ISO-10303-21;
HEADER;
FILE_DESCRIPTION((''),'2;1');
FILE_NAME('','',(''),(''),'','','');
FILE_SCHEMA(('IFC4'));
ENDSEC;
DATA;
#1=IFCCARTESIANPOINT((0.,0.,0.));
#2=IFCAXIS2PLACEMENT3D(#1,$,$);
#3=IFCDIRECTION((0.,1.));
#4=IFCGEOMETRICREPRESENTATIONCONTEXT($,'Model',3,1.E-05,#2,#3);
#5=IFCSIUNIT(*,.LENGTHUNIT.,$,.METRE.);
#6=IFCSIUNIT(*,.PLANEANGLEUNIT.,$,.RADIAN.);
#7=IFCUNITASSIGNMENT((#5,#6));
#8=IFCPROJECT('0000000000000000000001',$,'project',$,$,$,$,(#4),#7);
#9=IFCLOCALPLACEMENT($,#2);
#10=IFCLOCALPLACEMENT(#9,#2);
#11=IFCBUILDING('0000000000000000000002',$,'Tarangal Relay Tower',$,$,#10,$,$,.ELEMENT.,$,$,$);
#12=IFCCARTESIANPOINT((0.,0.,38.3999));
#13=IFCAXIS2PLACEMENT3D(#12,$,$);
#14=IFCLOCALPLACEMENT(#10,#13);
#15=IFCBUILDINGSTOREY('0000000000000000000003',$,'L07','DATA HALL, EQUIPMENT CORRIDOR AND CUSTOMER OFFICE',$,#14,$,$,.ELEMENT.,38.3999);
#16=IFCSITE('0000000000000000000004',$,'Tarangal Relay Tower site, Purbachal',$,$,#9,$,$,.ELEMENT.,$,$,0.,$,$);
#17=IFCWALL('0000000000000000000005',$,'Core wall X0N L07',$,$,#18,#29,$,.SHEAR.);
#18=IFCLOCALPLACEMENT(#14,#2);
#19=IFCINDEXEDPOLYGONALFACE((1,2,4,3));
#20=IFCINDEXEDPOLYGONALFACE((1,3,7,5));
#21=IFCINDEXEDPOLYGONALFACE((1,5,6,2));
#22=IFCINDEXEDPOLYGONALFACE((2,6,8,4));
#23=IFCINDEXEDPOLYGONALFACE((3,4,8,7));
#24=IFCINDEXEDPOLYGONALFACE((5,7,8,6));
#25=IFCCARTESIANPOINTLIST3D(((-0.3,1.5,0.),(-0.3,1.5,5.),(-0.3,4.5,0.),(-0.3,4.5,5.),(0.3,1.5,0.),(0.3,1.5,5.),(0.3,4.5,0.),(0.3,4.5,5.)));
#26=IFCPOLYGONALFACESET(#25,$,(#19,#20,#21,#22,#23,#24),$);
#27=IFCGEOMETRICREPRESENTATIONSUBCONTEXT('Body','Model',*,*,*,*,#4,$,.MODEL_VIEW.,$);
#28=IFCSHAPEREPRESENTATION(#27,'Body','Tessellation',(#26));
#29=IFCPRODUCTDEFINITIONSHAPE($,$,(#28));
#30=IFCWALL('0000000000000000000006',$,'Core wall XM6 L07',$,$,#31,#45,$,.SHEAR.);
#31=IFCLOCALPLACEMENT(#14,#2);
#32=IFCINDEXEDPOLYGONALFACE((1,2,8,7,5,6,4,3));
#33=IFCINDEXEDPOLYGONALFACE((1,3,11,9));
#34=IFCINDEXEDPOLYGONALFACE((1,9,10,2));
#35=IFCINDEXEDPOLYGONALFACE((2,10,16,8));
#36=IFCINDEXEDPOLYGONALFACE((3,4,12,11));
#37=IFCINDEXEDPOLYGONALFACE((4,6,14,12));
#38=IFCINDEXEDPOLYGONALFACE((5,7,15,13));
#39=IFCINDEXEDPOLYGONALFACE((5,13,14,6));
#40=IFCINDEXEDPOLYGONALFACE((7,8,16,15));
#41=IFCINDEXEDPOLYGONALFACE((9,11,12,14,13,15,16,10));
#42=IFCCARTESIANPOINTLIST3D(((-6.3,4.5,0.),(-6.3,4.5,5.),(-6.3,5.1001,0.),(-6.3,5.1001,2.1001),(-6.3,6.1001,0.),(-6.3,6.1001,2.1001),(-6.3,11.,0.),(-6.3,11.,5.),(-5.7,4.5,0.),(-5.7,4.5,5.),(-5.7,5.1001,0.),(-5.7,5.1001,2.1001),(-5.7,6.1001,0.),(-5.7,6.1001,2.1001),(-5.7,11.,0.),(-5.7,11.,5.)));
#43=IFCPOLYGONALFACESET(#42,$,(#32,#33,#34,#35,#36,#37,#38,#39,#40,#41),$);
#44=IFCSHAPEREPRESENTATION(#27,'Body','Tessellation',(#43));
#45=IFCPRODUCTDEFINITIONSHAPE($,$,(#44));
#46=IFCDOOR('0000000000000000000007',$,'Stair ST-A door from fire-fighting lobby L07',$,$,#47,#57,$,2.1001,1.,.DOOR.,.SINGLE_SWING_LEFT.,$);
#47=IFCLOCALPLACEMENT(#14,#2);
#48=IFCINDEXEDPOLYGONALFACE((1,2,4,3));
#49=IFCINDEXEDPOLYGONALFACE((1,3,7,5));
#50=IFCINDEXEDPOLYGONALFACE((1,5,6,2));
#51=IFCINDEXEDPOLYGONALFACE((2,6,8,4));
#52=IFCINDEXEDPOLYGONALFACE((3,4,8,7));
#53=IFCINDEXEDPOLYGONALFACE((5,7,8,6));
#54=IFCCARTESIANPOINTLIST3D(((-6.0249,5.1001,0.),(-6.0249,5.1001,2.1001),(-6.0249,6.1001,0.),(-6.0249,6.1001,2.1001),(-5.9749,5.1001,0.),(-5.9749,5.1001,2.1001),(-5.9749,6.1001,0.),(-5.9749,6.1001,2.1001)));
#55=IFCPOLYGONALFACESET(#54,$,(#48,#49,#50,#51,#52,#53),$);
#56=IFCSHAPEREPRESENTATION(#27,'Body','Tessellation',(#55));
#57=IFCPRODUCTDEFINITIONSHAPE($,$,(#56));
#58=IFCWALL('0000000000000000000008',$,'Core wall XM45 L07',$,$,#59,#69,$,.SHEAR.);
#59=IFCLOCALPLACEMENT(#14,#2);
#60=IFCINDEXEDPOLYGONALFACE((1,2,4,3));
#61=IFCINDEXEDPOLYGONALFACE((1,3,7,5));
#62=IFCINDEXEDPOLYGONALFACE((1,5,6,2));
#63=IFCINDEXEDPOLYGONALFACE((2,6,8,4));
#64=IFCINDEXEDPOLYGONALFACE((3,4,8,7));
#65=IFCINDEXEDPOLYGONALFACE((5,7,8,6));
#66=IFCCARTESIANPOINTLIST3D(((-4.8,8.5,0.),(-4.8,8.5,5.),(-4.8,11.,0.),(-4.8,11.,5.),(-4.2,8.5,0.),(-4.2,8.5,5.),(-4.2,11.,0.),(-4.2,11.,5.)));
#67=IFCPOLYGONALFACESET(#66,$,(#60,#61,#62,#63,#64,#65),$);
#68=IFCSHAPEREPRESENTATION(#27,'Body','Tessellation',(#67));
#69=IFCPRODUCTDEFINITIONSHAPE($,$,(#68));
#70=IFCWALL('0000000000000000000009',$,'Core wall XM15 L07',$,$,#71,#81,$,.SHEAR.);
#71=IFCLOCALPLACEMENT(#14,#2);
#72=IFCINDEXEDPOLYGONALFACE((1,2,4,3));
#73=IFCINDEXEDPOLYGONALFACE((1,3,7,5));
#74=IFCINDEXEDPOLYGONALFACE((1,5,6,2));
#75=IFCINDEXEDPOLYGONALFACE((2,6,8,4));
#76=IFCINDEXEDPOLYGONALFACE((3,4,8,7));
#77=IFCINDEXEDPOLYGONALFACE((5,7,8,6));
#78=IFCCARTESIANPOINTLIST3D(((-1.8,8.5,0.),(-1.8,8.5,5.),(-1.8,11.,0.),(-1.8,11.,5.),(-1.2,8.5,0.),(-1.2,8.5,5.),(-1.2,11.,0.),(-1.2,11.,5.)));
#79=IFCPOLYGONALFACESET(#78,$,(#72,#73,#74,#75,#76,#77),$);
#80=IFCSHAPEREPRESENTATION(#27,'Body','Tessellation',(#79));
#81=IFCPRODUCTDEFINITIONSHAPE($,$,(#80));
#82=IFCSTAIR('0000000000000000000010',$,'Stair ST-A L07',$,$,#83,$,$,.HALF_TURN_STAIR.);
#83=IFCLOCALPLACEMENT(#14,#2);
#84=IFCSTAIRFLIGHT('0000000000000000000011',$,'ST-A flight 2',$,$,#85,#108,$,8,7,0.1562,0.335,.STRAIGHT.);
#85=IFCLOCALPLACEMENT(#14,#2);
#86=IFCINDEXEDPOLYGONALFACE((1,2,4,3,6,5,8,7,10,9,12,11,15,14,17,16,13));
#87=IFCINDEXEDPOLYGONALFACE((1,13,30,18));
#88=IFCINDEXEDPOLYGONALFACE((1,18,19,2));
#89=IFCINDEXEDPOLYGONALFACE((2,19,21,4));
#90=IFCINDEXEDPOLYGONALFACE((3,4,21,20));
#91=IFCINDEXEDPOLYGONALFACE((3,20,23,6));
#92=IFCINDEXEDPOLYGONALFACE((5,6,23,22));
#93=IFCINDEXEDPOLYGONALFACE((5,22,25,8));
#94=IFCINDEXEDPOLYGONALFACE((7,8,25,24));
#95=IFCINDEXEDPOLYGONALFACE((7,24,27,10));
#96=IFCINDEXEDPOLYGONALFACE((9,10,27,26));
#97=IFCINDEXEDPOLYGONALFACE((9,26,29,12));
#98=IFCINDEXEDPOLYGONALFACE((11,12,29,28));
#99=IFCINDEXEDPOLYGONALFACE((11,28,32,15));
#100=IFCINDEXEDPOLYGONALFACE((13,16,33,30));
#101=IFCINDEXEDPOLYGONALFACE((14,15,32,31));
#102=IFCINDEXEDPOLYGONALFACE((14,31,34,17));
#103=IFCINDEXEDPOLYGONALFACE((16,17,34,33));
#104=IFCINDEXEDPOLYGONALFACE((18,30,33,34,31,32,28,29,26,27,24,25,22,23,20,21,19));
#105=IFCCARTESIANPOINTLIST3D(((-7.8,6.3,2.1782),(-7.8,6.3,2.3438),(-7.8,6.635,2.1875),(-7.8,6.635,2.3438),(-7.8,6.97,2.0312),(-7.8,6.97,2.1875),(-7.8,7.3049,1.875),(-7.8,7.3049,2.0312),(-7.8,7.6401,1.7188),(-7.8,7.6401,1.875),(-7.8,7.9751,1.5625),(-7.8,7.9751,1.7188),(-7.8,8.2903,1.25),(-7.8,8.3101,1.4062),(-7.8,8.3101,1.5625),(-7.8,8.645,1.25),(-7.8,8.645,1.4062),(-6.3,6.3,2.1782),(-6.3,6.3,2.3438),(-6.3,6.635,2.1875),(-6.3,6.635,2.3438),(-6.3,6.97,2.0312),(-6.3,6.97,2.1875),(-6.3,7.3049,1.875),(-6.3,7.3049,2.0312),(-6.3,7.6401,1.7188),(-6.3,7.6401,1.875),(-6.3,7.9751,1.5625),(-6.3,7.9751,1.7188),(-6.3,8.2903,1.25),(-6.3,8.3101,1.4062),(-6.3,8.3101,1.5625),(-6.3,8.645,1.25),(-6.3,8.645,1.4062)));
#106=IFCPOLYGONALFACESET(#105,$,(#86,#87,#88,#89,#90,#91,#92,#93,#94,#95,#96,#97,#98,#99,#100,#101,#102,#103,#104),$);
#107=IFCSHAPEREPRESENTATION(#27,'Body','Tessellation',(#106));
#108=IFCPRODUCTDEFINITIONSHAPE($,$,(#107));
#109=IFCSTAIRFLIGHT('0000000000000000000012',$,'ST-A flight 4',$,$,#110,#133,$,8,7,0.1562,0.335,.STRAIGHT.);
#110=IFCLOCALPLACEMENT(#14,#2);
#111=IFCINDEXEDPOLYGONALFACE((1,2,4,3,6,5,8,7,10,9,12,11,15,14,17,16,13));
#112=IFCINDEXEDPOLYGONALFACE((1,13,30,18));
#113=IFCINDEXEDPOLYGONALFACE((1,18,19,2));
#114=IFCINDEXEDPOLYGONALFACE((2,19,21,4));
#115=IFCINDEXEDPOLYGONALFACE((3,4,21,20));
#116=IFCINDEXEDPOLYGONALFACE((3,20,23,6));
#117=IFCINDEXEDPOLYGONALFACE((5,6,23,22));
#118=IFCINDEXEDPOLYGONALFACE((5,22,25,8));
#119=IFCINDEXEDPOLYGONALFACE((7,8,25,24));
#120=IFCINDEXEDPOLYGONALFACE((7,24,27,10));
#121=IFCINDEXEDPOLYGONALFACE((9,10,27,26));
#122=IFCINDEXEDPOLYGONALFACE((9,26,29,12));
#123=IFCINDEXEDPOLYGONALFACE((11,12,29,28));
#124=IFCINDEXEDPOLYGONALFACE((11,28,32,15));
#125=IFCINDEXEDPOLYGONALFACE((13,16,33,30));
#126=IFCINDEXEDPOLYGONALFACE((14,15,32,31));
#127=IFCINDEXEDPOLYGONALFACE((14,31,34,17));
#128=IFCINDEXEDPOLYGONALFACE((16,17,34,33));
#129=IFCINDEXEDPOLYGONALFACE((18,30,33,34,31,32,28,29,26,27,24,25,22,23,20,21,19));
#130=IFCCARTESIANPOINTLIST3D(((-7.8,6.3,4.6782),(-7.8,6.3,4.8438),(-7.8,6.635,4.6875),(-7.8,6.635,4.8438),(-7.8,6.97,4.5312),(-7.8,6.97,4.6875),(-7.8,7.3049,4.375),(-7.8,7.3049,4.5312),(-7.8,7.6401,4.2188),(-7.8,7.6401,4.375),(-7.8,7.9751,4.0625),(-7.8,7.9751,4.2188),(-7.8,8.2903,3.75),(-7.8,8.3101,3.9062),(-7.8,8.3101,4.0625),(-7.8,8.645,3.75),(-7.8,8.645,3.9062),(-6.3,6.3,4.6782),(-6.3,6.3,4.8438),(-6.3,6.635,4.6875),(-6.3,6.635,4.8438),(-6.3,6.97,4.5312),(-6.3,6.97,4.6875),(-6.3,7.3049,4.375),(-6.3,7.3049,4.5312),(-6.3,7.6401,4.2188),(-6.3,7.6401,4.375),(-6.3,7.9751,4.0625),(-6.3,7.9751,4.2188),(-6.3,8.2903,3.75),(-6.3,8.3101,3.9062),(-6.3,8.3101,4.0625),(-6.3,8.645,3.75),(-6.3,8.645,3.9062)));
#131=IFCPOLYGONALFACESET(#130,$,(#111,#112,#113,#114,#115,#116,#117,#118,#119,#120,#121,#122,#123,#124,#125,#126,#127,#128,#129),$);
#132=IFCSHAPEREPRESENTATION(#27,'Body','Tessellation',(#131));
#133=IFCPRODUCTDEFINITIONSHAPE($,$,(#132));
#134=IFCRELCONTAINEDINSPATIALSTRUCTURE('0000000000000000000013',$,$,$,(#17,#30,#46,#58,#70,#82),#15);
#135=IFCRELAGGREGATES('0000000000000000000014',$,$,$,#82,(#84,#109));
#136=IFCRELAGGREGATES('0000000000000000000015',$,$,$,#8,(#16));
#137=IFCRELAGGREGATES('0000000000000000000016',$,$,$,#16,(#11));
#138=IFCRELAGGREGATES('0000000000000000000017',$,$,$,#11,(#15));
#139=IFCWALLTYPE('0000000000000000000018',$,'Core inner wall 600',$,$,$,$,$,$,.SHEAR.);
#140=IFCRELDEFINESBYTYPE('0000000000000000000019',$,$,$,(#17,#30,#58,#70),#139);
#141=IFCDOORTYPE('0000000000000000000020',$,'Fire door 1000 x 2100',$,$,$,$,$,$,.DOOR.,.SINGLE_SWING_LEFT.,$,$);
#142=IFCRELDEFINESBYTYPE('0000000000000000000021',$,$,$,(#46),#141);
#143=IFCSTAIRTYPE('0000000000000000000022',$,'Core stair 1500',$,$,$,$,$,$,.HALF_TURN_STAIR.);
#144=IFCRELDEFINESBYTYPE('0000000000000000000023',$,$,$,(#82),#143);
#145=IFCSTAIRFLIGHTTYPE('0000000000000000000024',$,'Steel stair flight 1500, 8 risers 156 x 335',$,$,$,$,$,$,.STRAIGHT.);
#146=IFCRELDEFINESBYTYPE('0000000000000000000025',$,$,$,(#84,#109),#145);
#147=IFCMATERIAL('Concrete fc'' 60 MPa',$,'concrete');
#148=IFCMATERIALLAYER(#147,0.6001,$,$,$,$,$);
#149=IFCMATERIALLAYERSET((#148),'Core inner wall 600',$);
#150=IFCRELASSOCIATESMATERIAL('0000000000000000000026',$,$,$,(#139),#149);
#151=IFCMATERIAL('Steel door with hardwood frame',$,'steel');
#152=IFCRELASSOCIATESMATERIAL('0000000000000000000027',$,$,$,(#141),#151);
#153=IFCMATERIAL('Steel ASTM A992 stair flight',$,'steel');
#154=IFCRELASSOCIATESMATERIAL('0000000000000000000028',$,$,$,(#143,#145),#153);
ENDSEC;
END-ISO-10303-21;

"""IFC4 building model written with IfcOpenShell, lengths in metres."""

from ifc_helpers import new_model, si_unit, direction, frame, frame_2d, origin, place, context, subcontext, project, spatial, polyline, rectangle, outline, extrude, material, layer, layer_set, type_object, element, fill, aggregate, save


model = new_model("IFC4")

# Units and contexts
model_context = context("Model", 3, precision=1e-05, world=origin(), true_north=direction((0.0, 1.0)))
body_context = subcontext(model_context, "Body", "Model", "MODEL_VIEW")
ifc_project = project(units=[si_unit("LENGTHUNIT", "METRE"), si_unit("PLANEANGLEUNIT", "RADIAN")], contexts=[model_context])

# Site, building, storey
site_placement = place(None, origin())
site = spatial("IfcSite", under=ifc_project, at=site_placement, Name="Tarangal Relay Tower site, Purbachal", CompositionType="ELEMENT", RefElevation=0.0)
building_placement = place(site_placement, origin())
building = spatial("IfcBuilding", under=site, at=building_placement, Name="Tarangal Relay Tower", CompositionType="ELEMENT")
storey_placement = place(building_placement, frame((0.0, 0.0, 38.3999)))
storey = spatial("IfcBuildingStorey", under=building, at=storey_placement, Name="L07", Description="DATA HALL, EQUIPMENT CORRIDOR AND CUSTOMER OFFICE", CompositionType="ELEMENT", Elevation=38.3999)

# Shared definitions
ifc_material_1 = material(Name="Concrete fc' 60 MPa", Category="concrete")
ifc_layer_1 = layer(ifc_material_1, 0.6001)
ifc_layer_set_1 = layer_set([ifc_layer_1], Name="Core inner wall 600")
wall_type = type_object("IfcWallType", Name="Core inner wall 600", PredefinedType="SHEAR", material=ifc_layer_set_1)
ifc_material_2 = material(Name="Steel door with hardwood frame", Category="steel")

# Wall
for number, where, z_axis, x_axis, name in (
    (1, (0.0, 1.5, 0.0), (0.0, 0.0, 1.0), (0.0, 1.0, 0.0), "Core wall X0N L07"),
):
    element("IfcWall", number, at=place(storey_placement, frame(where, z_axis=z_axis, x_axis=x_axis)), inside=storey, type_object=wall_type, Name=name, PredefinedType="SHEAR", context=body_context, shape_type="SweptSolid", body=[
        extrude(rectangle(XDim=3.0, YDim=0.6001, at=frame_2d((1.5, 0.0))), origin(), (0.0, 0.0, 1.0), 5.0),
    ])

# Wall, opening, door
wall_1_placement = place(storey_placement, frame((-6.0, 4.5, 0.0), z_axis=(0.0, 0.0, 1.0), x_axis=(0.0, 1.0, 0.0)))
wall_1 = element("IfcWall", 2, at=wall_1_placement, inside=storey, type_object=wall_type, Name="Core wall XM6 L07", PredefinedType="SHEAR", context=body_context, shape_type="SweptSolid", body=[
    extrude(rectangle(XDim=6.5, YDim=0.6001, at=frame_2d((3.25, 0.0))), origin(), (0.0, 0.0, 1.0), 5.0),
])
opening_1_placement = place(wall_1_placement, frame((0.6001, 0.0, 0.0)))
opening_1 = element("IfcOpeningElement", 3, at=opening_1_placement, cuts=wall_1, PredefinedType="OPENING", context=body_context, shape_type="SweptSolid", body=[
    extrude(rectangle(XDim=1.0, YDim=2.1001, at=frame_2d((0.5, 1.05))), frame((0.0, 0.3101, 0.0), z_axis=(0.0, -1.0, 0.0), x_axis=(1.0, 0.0, 0.0)), (0.0, 0.0, 1.0), 0.6201),
])
door_type_1 = type_object("IfcDoorType", Name="Fire door 1000 x 2100", OperationType="SINGLE_SWING_LEFT", PredefinedType="DOOR", material=ifc_material_2)
door_1_placement = place(opening_1_placement, origin())
door_1 = element("IfcDoor", 4, at=door_1_placement, inside=storey, type_object=door_type_1, Name="Stair ST-A door from fire-fighting lobby L07", OperationType="SINGLE_SWING_LEFT", OverallHeight=2.1001, OverallWidth=1.0, PredefinedType="DOOR", context=body_context, shape_type="SweptSolid", body=[
    extrude(rectangle(XDim=1.0, YDim=2.1001, at=frame_2d((0.5, 1.05))), frame((0.0, 0.0249, 0.0), z_axis=(0.0, -1.0, 0.0), x_axis=(1.0, 0.0, 0.0)), (0.0, 0.0, 1.0), 0.05),
])
fill(opening_1, door_1)

# Walls
for number, where, z_axis, x_axis, name in (
    (5, (-4.5, 8.5, 0.0), (0.0, 0.0, 1.0), (0.0, 1.0, 0.0), "Core wall XM45 L07"),
    (6, (-1.5, 8.5, 0.0), (0.0, 0.0, 1.0), (0.0, 1.0, 0.0), "Core wall XM15 L07"),
):
    element("IfcWall", number, at=place(storey_placement, frame(where, z_axis=z_axis, x_axis=x_axis)), inside=storey, type_object=wall_type, Name=name, PredefinedType="SHEAR", context=body_context, shape_type="SweptSolid", body=[
        extrude(rectangle(XDim=2.5, YDim=0.6001, at=frame_2d((1.25, 0.0))), origin(), (0.0, 0.0, 1.0), 5.0),
    ])

# Stair, stair flights
ifc_material_3 = material(Name="Steel ASTM A992 stair flight", Category="steel")
stair_type = type_object("IfcStairType", Name="Core stair 1500", PredefinedType="HALF_TURN_STAIR", material=ifc_material_3)
stair_placement = place(storey_placement, origin())
stair = element("IfcStair", 7, at=stair_placement, inside=storey, type_object=stair_type, Name="Stair ST-A L07", PredefinedType="HALF_TURN_STAIR")
stair_flight_type = type_object("IfcStairFlightType", Name="Steel stair flight 1500, 8 risers 156 x 335", PredefinedType="STRAIGHT", material=ifc_material_3)
stair_flight_1_placement = place(storey_placement, frame((-7.05, 8.645, 1.25), z_axis=(0.0, 0.0, 1.0), x_axis=(0.0, -1.0, 0.0)))
stair_flight_1 = element("IfcStairFlight", 8, at=stair_flight_1_placement, type_object=stair_flight_type, Name="ST-A flight 2", NumberOfRisers=8, NumberOfTreads=7, PredefinedType="STRAIGHT", RiserHeight=0.1562, TreadLength=0.335, context=body_context, shape_type="SweptSolid", body=[
    extrude(outline(polyline([(0.0, 0.0), (0.0, 0.1562), (0.335, 0.1562), (0.335, 0.3125), (0.6699, 0.3125), (0.6699, 0.4688), (1.0049, 0.4688), (1.0049, 0.625), (1.3401, 0.625), (1.3401, 0.7812), (1.675, 0.7812), (1.675, 0.9375), (2.01, 0.9375), (2.01, 1.0938), (2.345, 1.0938), (2.345, 1.25), (2.345, 0.9282), (0.3547, 0.0), (0.0, 0.0)])), frame((0.0, 0.75, 0.0), z_axis=(0.0, -1.0, 0.0), x_axis=(1.0, 0.0, 0.0)), (0.0, 0.0, 1.0), 1.5),
])
stair_flight_2_placement = place(storey_placement, frame((-7.05, 8.645, 3.75), z_axis=(0.0, 0.0, 1.0), x_axis=(0.0, -1.0, 0.0)))
stair_flight_2 = element("IfcStairFlight", 9, at=stair_flight_2_placement, type_object=stair_flight_type, Name="ST-A flight 4", NumberOfRisers=8, NumberOfTreads=7, PredefinedType="STRAIGHT", RiserHeight=0.1562, TreadLength=0.335, context=body_context, shape_type="SweptSolid", body=[
    extrude(outline(polyline([(0.0, 0.0), (0.0, 0.1562), (0.335, 0.1562), (0.335, 0.3125), (0.6699, 0.3125), (0.6699, 0.4688), (1.0049, 0.4688), (1.0049, 0.625), (1.3401, 0.625), (1.3401, 0.7812), (1.675, 0.7812), (1.675, 0.9375), (2.01, 0.9375), (2.01, 1.0938), (2.345, 1.0938), (2.345, 1.25), (2.345, 0.9282), (0.3547, 0.0), (0.0, 0.0)])), frame((0.0, 0.75, 0.0), z_axis=(0.0, -1.0, 0.0), x_axis=(1.0, 0.0, 0.0)), (0.0, 0.0, 1.0), 1.5),
])
aggregate(stair, [stair_flight_1, stair_flight_2])

save(model, "model.ifc")
